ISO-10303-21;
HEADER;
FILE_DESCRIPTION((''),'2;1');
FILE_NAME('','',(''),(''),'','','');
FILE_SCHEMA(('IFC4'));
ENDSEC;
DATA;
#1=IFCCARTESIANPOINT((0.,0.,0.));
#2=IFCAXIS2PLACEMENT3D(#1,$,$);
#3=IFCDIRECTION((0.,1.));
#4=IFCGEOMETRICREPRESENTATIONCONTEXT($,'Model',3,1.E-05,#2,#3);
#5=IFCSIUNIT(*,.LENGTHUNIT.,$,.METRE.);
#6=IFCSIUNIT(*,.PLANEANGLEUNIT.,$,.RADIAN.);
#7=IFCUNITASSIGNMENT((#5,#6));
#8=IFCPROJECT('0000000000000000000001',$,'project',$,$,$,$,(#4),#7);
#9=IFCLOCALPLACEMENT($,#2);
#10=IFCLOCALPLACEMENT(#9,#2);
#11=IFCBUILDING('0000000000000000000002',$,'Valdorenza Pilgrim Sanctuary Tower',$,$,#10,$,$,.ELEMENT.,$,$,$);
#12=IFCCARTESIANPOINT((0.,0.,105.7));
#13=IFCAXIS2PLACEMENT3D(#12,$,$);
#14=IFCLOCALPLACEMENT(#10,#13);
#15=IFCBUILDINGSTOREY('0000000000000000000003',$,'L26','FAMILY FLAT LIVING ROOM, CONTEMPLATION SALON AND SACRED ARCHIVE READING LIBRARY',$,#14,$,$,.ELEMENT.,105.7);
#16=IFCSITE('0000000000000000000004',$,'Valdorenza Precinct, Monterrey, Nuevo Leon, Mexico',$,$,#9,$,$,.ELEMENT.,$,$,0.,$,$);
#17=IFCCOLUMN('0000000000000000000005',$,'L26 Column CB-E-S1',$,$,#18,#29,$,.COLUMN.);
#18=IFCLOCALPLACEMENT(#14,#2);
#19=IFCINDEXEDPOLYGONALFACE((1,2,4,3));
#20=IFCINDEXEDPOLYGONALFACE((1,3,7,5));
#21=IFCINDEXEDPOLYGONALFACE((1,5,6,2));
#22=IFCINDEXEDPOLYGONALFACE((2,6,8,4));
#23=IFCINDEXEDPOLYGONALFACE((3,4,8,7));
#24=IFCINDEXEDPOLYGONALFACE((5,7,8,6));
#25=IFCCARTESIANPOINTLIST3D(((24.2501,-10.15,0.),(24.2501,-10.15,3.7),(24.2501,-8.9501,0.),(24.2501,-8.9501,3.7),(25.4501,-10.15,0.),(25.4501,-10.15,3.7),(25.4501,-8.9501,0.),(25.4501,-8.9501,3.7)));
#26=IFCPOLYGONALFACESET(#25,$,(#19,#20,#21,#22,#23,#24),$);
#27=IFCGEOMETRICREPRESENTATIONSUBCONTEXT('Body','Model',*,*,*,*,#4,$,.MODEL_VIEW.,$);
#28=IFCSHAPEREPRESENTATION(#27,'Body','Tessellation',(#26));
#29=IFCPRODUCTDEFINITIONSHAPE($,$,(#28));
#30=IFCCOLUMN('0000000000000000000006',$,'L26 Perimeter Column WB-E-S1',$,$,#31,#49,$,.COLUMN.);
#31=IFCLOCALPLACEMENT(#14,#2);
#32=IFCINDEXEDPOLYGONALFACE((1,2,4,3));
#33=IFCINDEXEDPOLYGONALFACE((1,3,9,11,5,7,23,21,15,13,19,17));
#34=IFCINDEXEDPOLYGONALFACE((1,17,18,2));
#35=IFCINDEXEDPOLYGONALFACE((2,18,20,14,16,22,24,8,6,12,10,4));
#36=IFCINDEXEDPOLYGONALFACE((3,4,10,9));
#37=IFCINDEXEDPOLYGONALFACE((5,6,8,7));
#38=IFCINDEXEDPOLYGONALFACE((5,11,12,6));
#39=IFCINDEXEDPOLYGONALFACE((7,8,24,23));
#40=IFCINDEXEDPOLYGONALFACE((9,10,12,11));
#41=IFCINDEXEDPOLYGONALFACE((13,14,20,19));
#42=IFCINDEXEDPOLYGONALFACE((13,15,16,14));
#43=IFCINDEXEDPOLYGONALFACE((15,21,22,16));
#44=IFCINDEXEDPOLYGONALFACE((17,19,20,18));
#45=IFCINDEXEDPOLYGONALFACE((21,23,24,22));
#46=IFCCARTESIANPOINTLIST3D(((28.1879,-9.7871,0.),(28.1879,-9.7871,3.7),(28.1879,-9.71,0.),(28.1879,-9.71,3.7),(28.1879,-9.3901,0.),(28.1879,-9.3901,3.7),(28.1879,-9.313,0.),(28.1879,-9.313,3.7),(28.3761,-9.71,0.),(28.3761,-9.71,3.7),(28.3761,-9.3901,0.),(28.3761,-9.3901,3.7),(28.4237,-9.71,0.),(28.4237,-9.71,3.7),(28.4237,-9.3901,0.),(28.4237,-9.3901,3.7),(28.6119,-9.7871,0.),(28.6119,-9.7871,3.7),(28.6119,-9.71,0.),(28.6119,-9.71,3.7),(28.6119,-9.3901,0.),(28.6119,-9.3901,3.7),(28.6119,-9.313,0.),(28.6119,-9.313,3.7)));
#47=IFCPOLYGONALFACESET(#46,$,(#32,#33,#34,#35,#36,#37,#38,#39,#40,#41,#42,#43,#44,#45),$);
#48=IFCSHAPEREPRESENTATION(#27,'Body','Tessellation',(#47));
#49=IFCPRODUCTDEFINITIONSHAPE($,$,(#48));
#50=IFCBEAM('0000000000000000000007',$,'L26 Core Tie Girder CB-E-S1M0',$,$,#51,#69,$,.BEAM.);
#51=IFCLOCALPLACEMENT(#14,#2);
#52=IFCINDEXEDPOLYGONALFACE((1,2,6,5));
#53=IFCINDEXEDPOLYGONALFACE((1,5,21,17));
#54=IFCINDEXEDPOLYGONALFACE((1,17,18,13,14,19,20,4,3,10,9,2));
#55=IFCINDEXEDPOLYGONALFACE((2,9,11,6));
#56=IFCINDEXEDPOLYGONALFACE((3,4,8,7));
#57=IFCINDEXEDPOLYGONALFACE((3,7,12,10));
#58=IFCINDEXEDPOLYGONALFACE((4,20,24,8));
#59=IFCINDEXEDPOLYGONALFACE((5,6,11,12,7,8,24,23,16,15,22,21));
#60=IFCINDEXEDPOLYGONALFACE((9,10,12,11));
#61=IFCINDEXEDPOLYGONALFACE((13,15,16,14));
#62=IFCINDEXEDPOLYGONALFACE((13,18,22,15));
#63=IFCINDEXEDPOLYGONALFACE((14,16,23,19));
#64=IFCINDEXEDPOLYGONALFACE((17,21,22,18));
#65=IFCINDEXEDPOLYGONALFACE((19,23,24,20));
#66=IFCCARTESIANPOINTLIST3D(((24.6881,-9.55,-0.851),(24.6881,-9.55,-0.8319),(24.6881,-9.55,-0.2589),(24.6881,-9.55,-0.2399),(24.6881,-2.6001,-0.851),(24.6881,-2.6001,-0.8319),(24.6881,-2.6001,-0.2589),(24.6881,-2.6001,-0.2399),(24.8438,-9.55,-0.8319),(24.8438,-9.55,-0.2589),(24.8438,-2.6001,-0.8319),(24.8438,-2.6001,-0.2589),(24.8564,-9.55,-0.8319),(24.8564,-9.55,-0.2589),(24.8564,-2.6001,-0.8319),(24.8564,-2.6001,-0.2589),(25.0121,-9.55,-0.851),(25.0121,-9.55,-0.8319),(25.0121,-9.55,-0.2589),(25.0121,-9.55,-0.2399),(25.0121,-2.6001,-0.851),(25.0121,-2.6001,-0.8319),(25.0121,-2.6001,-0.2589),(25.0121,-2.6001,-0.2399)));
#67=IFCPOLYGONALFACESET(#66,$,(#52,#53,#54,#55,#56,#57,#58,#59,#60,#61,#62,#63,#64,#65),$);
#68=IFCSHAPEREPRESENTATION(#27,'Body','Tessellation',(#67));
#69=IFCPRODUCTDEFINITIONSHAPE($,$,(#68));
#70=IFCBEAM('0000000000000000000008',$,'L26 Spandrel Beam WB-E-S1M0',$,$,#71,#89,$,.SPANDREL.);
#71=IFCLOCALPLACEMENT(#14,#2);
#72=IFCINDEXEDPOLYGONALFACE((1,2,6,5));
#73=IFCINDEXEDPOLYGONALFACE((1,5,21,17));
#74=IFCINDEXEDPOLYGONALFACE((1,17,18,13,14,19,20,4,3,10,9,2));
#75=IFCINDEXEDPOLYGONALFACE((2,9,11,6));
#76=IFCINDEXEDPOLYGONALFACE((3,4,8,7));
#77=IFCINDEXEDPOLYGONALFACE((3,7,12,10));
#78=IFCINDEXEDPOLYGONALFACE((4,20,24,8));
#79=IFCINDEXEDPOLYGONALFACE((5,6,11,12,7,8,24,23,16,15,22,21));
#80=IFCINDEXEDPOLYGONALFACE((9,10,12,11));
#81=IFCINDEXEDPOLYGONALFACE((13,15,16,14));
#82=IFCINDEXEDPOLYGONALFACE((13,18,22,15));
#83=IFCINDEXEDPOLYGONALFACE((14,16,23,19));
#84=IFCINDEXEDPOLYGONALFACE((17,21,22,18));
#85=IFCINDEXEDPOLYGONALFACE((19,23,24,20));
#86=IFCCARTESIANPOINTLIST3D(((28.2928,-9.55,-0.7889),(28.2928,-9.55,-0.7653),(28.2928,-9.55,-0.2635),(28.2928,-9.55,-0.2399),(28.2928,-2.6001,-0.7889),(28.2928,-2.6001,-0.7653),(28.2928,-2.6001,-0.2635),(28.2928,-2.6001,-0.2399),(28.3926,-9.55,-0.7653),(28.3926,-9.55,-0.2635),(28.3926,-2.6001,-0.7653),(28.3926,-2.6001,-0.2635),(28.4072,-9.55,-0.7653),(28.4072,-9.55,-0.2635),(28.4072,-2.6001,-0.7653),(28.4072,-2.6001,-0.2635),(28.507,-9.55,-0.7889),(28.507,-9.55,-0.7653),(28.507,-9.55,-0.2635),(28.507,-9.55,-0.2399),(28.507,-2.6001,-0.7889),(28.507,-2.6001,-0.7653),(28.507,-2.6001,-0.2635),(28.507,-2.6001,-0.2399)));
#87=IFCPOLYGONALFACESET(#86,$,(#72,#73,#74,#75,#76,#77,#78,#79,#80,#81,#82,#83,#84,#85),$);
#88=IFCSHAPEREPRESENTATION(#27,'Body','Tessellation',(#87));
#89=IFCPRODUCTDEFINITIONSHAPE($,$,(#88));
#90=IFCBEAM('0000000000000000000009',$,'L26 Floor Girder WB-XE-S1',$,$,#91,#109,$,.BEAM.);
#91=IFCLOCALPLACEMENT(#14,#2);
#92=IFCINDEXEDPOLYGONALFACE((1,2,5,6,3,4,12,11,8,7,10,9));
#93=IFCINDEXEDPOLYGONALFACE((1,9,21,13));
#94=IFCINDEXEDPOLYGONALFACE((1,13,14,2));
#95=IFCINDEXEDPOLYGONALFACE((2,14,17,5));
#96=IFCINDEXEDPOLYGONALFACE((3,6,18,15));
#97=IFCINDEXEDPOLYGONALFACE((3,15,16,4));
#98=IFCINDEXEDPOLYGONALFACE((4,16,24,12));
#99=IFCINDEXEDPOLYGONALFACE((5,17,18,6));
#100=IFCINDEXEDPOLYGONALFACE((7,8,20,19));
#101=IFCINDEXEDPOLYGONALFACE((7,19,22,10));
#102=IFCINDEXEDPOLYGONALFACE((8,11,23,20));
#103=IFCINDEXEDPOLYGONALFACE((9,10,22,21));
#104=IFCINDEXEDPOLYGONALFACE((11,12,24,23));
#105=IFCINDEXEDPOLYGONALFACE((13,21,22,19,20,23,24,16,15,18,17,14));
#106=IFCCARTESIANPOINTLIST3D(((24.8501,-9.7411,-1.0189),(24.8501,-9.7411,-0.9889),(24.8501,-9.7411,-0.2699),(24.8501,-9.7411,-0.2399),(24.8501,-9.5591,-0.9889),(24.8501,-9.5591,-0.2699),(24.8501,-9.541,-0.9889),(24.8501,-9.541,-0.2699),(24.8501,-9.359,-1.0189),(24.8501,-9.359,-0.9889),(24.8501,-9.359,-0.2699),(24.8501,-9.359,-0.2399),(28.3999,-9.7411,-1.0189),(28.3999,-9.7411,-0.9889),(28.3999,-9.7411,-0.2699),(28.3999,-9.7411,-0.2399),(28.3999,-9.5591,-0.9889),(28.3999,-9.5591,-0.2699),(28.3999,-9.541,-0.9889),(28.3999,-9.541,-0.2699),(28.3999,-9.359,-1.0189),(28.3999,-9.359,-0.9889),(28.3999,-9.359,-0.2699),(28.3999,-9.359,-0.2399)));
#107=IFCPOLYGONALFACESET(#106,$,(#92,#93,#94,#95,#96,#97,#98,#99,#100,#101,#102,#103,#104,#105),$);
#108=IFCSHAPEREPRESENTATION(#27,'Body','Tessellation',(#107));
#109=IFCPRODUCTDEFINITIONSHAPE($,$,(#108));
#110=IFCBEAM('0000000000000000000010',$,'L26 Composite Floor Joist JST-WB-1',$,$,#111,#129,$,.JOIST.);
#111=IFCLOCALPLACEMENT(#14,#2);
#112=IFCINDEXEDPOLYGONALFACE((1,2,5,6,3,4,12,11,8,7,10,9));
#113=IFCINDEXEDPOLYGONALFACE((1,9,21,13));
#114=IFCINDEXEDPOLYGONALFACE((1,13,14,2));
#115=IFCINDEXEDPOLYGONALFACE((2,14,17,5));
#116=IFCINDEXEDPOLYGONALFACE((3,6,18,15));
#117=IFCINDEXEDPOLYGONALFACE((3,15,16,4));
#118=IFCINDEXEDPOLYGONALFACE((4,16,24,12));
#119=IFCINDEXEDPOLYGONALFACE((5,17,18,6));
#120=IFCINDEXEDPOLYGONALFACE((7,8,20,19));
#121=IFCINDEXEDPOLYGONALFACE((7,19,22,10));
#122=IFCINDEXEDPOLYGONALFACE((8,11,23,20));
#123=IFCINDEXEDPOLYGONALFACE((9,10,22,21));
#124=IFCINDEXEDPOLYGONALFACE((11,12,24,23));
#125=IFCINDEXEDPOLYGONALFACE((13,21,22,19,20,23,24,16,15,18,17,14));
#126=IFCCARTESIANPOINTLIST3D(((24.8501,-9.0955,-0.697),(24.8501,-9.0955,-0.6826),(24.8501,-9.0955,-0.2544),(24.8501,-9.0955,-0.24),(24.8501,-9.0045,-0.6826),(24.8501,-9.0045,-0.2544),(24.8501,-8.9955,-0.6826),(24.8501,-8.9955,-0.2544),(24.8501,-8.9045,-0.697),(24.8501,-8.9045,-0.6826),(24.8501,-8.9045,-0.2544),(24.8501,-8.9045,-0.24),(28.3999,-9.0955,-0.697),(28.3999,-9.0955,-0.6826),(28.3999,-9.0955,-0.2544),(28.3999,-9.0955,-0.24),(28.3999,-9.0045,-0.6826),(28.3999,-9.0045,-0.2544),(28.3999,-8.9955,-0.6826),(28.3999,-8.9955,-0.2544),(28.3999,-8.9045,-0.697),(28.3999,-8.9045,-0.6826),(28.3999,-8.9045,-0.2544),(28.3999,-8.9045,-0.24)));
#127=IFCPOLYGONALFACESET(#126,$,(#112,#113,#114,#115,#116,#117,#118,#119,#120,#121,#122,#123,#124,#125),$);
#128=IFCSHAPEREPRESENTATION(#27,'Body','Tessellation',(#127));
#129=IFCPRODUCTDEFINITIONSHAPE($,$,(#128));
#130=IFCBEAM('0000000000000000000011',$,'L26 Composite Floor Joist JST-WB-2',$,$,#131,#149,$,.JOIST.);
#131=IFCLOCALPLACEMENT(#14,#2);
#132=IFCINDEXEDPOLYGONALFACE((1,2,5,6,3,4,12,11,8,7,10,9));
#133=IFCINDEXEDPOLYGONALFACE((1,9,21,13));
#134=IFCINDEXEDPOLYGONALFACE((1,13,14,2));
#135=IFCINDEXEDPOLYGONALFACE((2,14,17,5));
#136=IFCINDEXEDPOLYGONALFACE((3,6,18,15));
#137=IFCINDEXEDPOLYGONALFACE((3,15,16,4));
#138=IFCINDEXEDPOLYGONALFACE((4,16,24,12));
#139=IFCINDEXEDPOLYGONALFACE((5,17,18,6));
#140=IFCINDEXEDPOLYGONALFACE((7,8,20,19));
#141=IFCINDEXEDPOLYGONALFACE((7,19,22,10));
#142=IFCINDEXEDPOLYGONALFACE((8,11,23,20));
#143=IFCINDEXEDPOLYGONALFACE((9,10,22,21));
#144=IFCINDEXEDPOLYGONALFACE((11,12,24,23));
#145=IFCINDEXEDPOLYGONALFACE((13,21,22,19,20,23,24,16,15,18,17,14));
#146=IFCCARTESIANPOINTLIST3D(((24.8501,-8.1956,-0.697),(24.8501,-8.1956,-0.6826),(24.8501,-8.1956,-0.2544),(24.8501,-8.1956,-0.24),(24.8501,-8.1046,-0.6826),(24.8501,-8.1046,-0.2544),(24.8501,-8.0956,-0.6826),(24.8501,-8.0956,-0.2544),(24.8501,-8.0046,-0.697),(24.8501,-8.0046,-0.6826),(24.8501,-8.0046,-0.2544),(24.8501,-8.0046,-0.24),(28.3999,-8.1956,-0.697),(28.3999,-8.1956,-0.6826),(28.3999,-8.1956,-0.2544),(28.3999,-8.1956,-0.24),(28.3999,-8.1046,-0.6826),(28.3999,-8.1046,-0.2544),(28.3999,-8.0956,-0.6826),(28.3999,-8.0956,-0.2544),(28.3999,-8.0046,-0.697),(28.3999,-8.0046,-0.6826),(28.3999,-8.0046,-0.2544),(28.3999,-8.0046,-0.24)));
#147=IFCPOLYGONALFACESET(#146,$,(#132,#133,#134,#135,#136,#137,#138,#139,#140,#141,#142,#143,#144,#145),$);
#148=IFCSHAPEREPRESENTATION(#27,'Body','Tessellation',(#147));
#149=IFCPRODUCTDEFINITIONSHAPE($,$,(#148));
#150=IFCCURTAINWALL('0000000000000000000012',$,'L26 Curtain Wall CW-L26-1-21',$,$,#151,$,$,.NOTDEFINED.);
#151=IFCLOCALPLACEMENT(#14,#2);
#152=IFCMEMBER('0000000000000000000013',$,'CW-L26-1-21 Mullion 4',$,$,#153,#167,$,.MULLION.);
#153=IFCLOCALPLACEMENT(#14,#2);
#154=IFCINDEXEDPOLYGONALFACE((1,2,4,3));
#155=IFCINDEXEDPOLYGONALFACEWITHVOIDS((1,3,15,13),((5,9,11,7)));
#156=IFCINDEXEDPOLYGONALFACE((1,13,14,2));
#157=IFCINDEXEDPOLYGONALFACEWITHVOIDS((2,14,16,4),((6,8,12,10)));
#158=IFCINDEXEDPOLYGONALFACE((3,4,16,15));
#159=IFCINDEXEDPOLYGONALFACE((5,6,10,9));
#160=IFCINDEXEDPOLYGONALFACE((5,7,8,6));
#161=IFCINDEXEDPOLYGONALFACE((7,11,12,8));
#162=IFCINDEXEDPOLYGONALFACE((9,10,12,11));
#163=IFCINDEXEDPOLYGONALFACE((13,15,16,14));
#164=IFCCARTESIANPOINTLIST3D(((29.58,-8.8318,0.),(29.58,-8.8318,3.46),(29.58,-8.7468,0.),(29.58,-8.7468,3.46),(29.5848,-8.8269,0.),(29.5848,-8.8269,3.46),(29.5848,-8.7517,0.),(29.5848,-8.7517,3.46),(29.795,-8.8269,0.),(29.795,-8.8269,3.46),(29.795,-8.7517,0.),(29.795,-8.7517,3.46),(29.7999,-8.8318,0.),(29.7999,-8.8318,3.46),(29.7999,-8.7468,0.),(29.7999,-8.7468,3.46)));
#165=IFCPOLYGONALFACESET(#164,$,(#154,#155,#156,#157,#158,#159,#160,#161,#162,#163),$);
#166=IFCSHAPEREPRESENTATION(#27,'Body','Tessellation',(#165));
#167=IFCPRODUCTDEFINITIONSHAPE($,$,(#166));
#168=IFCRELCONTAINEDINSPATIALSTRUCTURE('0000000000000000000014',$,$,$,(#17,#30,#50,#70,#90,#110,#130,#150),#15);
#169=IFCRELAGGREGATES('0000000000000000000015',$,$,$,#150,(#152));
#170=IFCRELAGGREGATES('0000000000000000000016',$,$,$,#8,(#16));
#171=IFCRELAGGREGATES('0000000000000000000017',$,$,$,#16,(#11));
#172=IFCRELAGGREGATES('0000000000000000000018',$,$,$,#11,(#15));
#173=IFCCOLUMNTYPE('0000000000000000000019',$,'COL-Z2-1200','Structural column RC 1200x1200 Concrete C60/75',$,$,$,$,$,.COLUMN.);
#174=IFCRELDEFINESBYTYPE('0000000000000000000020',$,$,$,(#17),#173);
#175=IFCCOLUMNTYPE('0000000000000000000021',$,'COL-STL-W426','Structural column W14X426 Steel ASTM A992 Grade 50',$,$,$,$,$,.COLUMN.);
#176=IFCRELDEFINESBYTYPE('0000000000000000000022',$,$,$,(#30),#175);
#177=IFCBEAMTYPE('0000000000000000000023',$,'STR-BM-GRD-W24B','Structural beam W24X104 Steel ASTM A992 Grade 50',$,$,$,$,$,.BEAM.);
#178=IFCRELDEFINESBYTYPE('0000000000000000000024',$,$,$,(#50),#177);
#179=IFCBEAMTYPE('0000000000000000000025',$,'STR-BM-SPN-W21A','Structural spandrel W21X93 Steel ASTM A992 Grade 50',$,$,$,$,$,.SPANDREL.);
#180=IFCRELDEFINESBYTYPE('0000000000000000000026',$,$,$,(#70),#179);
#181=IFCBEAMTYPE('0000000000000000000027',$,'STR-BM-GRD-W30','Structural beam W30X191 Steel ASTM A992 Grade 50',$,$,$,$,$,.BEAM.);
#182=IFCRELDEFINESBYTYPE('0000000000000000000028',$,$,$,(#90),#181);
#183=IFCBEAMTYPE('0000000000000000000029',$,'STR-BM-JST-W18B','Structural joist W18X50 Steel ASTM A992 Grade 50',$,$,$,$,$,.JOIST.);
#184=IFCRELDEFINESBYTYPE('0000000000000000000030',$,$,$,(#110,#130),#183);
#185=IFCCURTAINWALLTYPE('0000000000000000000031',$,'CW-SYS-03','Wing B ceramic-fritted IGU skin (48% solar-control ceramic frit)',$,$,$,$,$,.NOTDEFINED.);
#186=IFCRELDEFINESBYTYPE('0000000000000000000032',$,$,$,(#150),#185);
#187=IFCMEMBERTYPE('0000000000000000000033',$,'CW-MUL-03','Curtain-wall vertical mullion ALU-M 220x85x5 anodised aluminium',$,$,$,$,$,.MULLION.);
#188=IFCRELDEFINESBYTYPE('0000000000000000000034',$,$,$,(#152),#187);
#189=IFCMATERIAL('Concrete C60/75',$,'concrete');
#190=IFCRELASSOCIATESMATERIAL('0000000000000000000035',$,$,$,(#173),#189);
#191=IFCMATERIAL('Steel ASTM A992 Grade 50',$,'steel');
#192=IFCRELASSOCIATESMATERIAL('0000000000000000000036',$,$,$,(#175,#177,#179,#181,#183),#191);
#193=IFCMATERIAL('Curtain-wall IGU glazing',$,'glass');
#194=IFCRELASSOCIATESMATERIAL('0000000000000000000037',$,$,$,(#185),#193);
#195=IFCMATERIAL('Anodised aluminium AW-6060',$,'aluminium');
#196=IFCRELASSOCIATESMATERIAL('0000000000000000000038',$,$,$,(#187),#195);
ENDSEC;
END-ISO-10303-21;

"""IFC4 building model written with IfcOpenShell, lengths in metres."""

from ifc_helpers import new_model, si_unit, direction, frame, origin, origin_2d, place, context, subcontext, project, spatial, rectangle, hollow_rectangle, i_section, extrude, source, transform, mapped, material, material_profile, profile_set, type_object, element, aggregate, save


model = new_model("IFC4")

# Units and contexts
model_context = context("Model", 3, precision=1e-05, world=origin(), true_north=direction((0.0, 1.0)))
body_context = subcontext(model_context, "Body", "Model", "MODEL_VIEW")
ifc_project = project(units=[si_unit("LENGTHUNIT", "METRE"), si_unit("PLANEANGLEUNIT", "RADIAN")], contexts=[model_context])

# Site, building, storey
site_placement = place(None, origin())
site = spatial("IfcSite", under=ifc_project, at=site_placement, Name="Valdorenza Precinct, Monterrey, Nuevo Leon, Mexico", CompositionType="ELEMENT", RefElevation=0.0)
building_placement = place(site_placement, origin())
building = spatial("IfcBuilding", under=site, at=building_placement, Name="Valdorenza Pilgrim Sanctuary Tower", CompositionType="ELEMENT")
storey_placement = place(building_placement, frame((0.0, 0.0, 105.7)))
storey = spatial("IfcBuildingStorey", under=building, at=storey_placement, Name="L26", Description="FAMILY FLAT LIVING ROOM, CONTEMPLATION SALON AND SACRED ARCHIVE READING LIBRARY", CompositionType="ELEMENT", Elevation=105.7)

# Columns
ifc_material_1 = material(Name="Concrete C60/75", Category="concrete")
ifc_material_profile_1 = material_profile(ifc_material_1, rectangle(XDim=1.2, YDim=1.2, at=origin_2d()), Name="RC 1200x1200")
ifc_profile_set_1 = profile_set([ifc_material_profile_1], Name="Concrete C60/75")
column_type_1 = type_object("IfcColumnType", Name="COL-Z2-1200", Description="Structural column RC 1200x1200 Concrete C60/75", PredefinedType="COLUMN", material=ifc_profile_set_1)
shared_shape_1 = source(origin(), body_context, "Body", "SweptSolid", [
    extrude(rectangle(XDim=1.2, YDim=1.2, at=origin_2d()), origin(), (0.0, 0.0, 1.0), 3.7),
])
column_1_placement = place(storey_placement, frame((24.8501, -9.55, 0.0), z_axis=(0.0, 0.0, 1.0), x_axis=(1.0, 0.0, 0.0)))
element("IfcColumn", 1, at=column_1_placement, inside=storey, type_object=column_type_1, Name="L26 Column CB-E-S1", PredefinedType="COLUMN", context=body_context, shape_type="MappedRepresentation", body=[
    mapped(shared_shape_1, transform((0.0, 0.0, 0.0), x_axis=(1.0, 0.0, 0.0), y_axis=(0.0, 1.0, 0.0), z_axis=(0.0, 0.0, 1.0), scale=1.0)),
])
ifc_material_2 = material(Name="Steel ASTM A992 Grade 50", Category="steel")
ifc_material_profile_2 = material_profile(ifc_material_2, i_section(OverallWidth=0.4241, OverallDepth=0.4741, WebThickness=0.0476, FlangeThickness=0.0771, at=origin_2d()), Name="W14X426")
ifc_profile_set_2 = profile_set([ifc_material_profile_2], Name="Steel ASTM A992 Grade 50")
column_type_2 = type_object("IfcColumnType", Name="COL-STL-W426", Description="Structural column W14X426 Steel ASTM A992 Grade 50", PredefinedType="COLUMN", material=ifc_profile_set_2)
shared_shape_2 = source(origin(), body_context, "Body", "SweptSolid", [
    extrude(i_section(OverallWidth=0.4241, OverallDepth=0.4741, WebThickness=0.0476, FlangeThickness=0.0771, at=origin_2d()), origin(), (0.0, 0.0, 1.0), 3.7),
])
column_2_placement = place(storey_placement, frame((28.3999, -9.55, 0.0), z_axis=(0.0, 0.0, 1.0), x_axis=(1.0, 0.0, 0.0)))
element("IfcColumn", 2, at=column_2_placement, inside=storey, type_object=column_type_2, Name="L26 Perimeter Column WB-E-S1", PredefinedType="COLUMN", context=body_context, shape_type="MappedRepresentation", body=[
    mapped(shared_shape_2, transform((0.0, 0.0, 0.0), x_axis=(1.0, 0.0, 0.0), y_axis=(0.0, 1.0, 0.0), z_axis=(0.0, 0.0, 1.0), scale=1.0)),
])

# Beams
ifc_material_profile_3 = material_profile(ifc_material_2, i_section(OverallWidth=0.324, OverallDepth=0.6111, WebThickness=0.0127, FlangeThickness=0.019, at=origin_2d()), Name="W24X104")
ifc_profile_set_3 = profile_set([ifc_material_profile_3], Name="Steel ASTM A992 Grade 50")
beam_type_1 = type_object("IfcBeamType", Name="STR-BM-GRD-W24B", Description="Structural beam W24X104 Steel ASTM A992 Grade 50", PredefinedType="BEAM", material=ifc_profile_set_3)
shared_shape_3 = source(origin(), body_context, "Body", "SweptSolid", [
    extrude(i_section(OverallWidth=0.324, OverallDepth=0.6111, WebThickness=0.0127, FlangeThickness=0.019, at=origin_2d()), origin(), (0.0, 0.0, 1.0), 6.95),
])
beam_1_placement = place(storey_placement, frame((24.8501, -9.55, -0.5454), z_axis=(0.0, 1.0, 0.0), x_axis=(-1.0, 0.0, 0.0)))
element("IfcBeam", 3, at=beam_1_placement, inside=storey, type_object=beam_type_1, Name="L26 Core Tie Girder CB-E-S1M0", PredefinedType="BEAM", context=body_context, shape_type="MappedRepresentation", body=[
    mapped(shared_shape_3, transform((0.0, 0.0, 0.0), x_axis=(1.0, 0.0, 0.0), y_axis=(0.0, 1.0, 0.0), z_axis=(0.0, 0.0, 1.0), scale=1.0)),
])
ifc_material_profile_4 = material_profile(ifc_material_2, i_section(OverallWidth=0.2141, OverallDepth=0.5491, WebThickness=0.0146, FlangeThickness=0.0237, at=origin_2d()), Name="W21X93")
ifc_profile_set_4 = profile_set([ifc_material_profile_4], Name="Steel ASTM A992 Grade 50")
beam_type_2 = type_object("IfcBeamType", Name="STR-BM-SPN-W21A", Description="Structural spandrel W21X93 Steel ASTM A992 Grade 50", PredefinedType="SPANDREL", material=ifc_profile_set_4)
shared_shape_4 = source(origin(), body_context, "Body", "SweptSolid", [
    extrude(i_section(OverallWidth=0.2141, OverallDepth=0.5491, WebThickness=0.0146, FlangeThickness=0.0237, at=origin_2d()), origin(), (0.0, 0.0, 1.0), 6.95),
])
beam_2_placement = place(storey_placement, frame((28.3999, -9.55, -0.5144), z_axis=(0.0, 1.0, 0.0), x_axis=(-1.0, 0.0, 0.0)))
element("IfcBeam", 4, at=beam_2_placement, inside=storey, type_object=beam_type_2, Name="L26 Spandrel Beam WB-E-S1M0", PredefinedType="SPANDREL", context=body_context, shape_type="MappedRepresentation", body=[
    mapped(shared_shape_4, transform((0.0, 0.0, 0.0), x_axis=(1.0, 0.0, 0.0), y_axis=(0.0, 1.0, 0.0), z_axis=(0.0, 0.0, 1.0), scale=1.0)),
])
ifc_material_profile_5 = material_profile(ifc_material_2, i_section(OverallWidth=0.3821, OverallDepth=0.7791, WebThickness=0.0181, FlangeThickness=0.03, at=origin_2d()), Name="W30X191")
ifc_profile_set_5 = profile_set([ifc_material_profile_5], Name="Steel ASTM A992 Grade 50")
beam_type_3 = type_object("IfcBeamType", Name="STR-BM-GRD-W30", Description="Structural beam W30X191 Steel ASTM A992 Grade 50", PredefinedType="BEAM", material=ifc_profile_set_5)
shared_shape_5 = source(origin(), body_context, "Body", "SweptSolid", [
    extrude(i_section(OverallWidth=0.3821, OverallDepth=0.7791, WebThickness=0.0181, FlangeThickness=0.03, at=origin_2d()), origin(), (0.0, 0.0, 1.0), 3.5498),
])
beam_3_placement = place(storey_placement, frame((24.8501, -9.55, -0.6294), z_axis=(1.0, 0.0, 0.0), x_axis=(0.0, 1.0, 0.0)))
element("IfcBeam", 5, at=beam_3_placement, inside=storey, type_object=beam_type_3, Name="L26 Floor Girder WB-XE-S1", PredefinedType="BEAM", context=body_context, shape_type="MappedRepresentation", body=[
    mapped(shared_shape_5, transform((0.0, 0.0, 0.0), x_axis=(1.0, 0.0, 0.0), y_axis=(0.0, 1.0, 0.0), z_axis=(0.0, 0.0, 1.0), scale=1.0)),
])
ifc_material_profile_6 = material_profile(ifc_material_2, i_section(OverallWidth=0.1909, OverallDepth=0.457, WebThickness=0.009, FlangeThickness=0.0144, at=origin_2d()), Name="W18X50")
ifc_profile_set_6 = profile_set([ifc_material_profile_6], Name="Steel ASTM A992 Grade 50")
beam_type_4 = type_object("IfcBeamType", Name="STR-BM-JST-W18B", Description="Structural joist W18X50 Steel ASTM A992 Grade 50", PredefinedType="JOIST", material=ifc_profile_set_6)
shared_shape_6 = source(origin(), body_context, "Body", "SweptSolid", [
    extrude(i_section(OverallWidth=0.1909, OverallDepth=0.457, WebThickness=0.009, FlangeThickness=0.0144, at=origin_2d()), origin(), (0.0, 0.0, 1.0), 3.5498),
])
for number, where, z_axis, x_axis, name in (
    (6, (24.8501, -9.0, -0.4685), (1.0, 0.0, 0.0), (0.0, 1.0, 0.0), "L26 Composite Floor Joist JST-WB-1"),
    (7, (24.8501, -8.1001, -0.4685), (1.0, 0.0, 0.0), (0.0, 1.0, 0.0), "L26 Composite Floor Joist JST-WB-2"),
):
    element("IfcBeam", number, at=place(storey_placement, frame(where, z_axis=z_axis, x_axis=x_axis)), inside=storey, type_object=beam_type_4, Name=name, PredefinedType="JOIST", context=body_context, shape_type="MappedRepresentation", body=[
        mapped(shared_shape_6, transform((0.0, 0.0, 0.0), x_axis=(1.0, 0.0, 0.0), y_axis=(0.0, 1.0, 0.0), z_axis=(0.0, 0.0, 1.0), scale=1.0)),
    ])

# Curtain wall, member
ifc_material_3 = material(Name="Curtain-wall IGU glazing", Category="glass")
curtain_wall_type = type_object("IfcCurtainWallType", Name="CW-SYS-03", Description="Wing B ceramic-fritted IGU skin (48% solar-control ceramic frit)", PredefinedType="NOTDEFINED", material=ifc_material_3)
curtain_wall_1_placement = place(storey_placement, origin())
curtain_wall_1 = element("IfcCurtainWall", 8, at=curtain_wall_1_placement, inside=storey, type_object=curtain_wall_type, Name="L26 Curtain Wall CW-L26-1-21", PredefinedType="NOTDEFINED")
ifc_material_4 = material(Name="Anodised aluminium AW-6060", Category="aluminium")
ifc_material_profile_7 = material_profile(ifc_material_4, hollow_rectangle(XDim=0.085, YDim=0.22, WallThickness=0.0049, at=origin_2d()), Name="ALU-M 220x85x5")
ifc_profile_set_7 = profile_set([ifc_material_profile_7], Name="Anodised aluminium AW-6060")
member_type_1 = type_object("IfcMemberType", Name="CW-MUL-03", Description="Curtain-wall vertical mullion ALU-M 220x85x5 anodised aluminium", PredefinedType="MULLION", material=ifc_profile_set_7)
shared_shape_7 = source(origin(), body_context, "Body", "SweptSolid", [
    extrude(hollow_rectangle(XDim=0.085, YDim=0.22, WallThickness=0.0049, at=origin_2d()), origin(), (0.0, 0.0, 1.0), 3.46),
])
member_1_placement = place(storey_placement, frame((29.6899, -8.7893, 0.0), z_axis=(0.0, 0.0, 1.0), x_axis=(0.0, -1.0, 0.0)))
member_1 = element("IfcMember", 9, at=member_1_placement, type_object=member_type_1, Name="CW-L26-1-21 Mullion 4", PredefinedType="MULLION", context=body_context, shape_type="MappedRepresentation", body=[
    mapped(shared_shape_7, transform((0.0, 0.0, 0.0), x_axis=(1.0, 0.0, 0.0), y_axis=(0.0, 1.0, 0.0), z_axis=(0.0, 0.0, 1.0), scale=1.0)),
])
aggregate(curtain_wall_1, [member_1])

save(model, "model.ifc")
